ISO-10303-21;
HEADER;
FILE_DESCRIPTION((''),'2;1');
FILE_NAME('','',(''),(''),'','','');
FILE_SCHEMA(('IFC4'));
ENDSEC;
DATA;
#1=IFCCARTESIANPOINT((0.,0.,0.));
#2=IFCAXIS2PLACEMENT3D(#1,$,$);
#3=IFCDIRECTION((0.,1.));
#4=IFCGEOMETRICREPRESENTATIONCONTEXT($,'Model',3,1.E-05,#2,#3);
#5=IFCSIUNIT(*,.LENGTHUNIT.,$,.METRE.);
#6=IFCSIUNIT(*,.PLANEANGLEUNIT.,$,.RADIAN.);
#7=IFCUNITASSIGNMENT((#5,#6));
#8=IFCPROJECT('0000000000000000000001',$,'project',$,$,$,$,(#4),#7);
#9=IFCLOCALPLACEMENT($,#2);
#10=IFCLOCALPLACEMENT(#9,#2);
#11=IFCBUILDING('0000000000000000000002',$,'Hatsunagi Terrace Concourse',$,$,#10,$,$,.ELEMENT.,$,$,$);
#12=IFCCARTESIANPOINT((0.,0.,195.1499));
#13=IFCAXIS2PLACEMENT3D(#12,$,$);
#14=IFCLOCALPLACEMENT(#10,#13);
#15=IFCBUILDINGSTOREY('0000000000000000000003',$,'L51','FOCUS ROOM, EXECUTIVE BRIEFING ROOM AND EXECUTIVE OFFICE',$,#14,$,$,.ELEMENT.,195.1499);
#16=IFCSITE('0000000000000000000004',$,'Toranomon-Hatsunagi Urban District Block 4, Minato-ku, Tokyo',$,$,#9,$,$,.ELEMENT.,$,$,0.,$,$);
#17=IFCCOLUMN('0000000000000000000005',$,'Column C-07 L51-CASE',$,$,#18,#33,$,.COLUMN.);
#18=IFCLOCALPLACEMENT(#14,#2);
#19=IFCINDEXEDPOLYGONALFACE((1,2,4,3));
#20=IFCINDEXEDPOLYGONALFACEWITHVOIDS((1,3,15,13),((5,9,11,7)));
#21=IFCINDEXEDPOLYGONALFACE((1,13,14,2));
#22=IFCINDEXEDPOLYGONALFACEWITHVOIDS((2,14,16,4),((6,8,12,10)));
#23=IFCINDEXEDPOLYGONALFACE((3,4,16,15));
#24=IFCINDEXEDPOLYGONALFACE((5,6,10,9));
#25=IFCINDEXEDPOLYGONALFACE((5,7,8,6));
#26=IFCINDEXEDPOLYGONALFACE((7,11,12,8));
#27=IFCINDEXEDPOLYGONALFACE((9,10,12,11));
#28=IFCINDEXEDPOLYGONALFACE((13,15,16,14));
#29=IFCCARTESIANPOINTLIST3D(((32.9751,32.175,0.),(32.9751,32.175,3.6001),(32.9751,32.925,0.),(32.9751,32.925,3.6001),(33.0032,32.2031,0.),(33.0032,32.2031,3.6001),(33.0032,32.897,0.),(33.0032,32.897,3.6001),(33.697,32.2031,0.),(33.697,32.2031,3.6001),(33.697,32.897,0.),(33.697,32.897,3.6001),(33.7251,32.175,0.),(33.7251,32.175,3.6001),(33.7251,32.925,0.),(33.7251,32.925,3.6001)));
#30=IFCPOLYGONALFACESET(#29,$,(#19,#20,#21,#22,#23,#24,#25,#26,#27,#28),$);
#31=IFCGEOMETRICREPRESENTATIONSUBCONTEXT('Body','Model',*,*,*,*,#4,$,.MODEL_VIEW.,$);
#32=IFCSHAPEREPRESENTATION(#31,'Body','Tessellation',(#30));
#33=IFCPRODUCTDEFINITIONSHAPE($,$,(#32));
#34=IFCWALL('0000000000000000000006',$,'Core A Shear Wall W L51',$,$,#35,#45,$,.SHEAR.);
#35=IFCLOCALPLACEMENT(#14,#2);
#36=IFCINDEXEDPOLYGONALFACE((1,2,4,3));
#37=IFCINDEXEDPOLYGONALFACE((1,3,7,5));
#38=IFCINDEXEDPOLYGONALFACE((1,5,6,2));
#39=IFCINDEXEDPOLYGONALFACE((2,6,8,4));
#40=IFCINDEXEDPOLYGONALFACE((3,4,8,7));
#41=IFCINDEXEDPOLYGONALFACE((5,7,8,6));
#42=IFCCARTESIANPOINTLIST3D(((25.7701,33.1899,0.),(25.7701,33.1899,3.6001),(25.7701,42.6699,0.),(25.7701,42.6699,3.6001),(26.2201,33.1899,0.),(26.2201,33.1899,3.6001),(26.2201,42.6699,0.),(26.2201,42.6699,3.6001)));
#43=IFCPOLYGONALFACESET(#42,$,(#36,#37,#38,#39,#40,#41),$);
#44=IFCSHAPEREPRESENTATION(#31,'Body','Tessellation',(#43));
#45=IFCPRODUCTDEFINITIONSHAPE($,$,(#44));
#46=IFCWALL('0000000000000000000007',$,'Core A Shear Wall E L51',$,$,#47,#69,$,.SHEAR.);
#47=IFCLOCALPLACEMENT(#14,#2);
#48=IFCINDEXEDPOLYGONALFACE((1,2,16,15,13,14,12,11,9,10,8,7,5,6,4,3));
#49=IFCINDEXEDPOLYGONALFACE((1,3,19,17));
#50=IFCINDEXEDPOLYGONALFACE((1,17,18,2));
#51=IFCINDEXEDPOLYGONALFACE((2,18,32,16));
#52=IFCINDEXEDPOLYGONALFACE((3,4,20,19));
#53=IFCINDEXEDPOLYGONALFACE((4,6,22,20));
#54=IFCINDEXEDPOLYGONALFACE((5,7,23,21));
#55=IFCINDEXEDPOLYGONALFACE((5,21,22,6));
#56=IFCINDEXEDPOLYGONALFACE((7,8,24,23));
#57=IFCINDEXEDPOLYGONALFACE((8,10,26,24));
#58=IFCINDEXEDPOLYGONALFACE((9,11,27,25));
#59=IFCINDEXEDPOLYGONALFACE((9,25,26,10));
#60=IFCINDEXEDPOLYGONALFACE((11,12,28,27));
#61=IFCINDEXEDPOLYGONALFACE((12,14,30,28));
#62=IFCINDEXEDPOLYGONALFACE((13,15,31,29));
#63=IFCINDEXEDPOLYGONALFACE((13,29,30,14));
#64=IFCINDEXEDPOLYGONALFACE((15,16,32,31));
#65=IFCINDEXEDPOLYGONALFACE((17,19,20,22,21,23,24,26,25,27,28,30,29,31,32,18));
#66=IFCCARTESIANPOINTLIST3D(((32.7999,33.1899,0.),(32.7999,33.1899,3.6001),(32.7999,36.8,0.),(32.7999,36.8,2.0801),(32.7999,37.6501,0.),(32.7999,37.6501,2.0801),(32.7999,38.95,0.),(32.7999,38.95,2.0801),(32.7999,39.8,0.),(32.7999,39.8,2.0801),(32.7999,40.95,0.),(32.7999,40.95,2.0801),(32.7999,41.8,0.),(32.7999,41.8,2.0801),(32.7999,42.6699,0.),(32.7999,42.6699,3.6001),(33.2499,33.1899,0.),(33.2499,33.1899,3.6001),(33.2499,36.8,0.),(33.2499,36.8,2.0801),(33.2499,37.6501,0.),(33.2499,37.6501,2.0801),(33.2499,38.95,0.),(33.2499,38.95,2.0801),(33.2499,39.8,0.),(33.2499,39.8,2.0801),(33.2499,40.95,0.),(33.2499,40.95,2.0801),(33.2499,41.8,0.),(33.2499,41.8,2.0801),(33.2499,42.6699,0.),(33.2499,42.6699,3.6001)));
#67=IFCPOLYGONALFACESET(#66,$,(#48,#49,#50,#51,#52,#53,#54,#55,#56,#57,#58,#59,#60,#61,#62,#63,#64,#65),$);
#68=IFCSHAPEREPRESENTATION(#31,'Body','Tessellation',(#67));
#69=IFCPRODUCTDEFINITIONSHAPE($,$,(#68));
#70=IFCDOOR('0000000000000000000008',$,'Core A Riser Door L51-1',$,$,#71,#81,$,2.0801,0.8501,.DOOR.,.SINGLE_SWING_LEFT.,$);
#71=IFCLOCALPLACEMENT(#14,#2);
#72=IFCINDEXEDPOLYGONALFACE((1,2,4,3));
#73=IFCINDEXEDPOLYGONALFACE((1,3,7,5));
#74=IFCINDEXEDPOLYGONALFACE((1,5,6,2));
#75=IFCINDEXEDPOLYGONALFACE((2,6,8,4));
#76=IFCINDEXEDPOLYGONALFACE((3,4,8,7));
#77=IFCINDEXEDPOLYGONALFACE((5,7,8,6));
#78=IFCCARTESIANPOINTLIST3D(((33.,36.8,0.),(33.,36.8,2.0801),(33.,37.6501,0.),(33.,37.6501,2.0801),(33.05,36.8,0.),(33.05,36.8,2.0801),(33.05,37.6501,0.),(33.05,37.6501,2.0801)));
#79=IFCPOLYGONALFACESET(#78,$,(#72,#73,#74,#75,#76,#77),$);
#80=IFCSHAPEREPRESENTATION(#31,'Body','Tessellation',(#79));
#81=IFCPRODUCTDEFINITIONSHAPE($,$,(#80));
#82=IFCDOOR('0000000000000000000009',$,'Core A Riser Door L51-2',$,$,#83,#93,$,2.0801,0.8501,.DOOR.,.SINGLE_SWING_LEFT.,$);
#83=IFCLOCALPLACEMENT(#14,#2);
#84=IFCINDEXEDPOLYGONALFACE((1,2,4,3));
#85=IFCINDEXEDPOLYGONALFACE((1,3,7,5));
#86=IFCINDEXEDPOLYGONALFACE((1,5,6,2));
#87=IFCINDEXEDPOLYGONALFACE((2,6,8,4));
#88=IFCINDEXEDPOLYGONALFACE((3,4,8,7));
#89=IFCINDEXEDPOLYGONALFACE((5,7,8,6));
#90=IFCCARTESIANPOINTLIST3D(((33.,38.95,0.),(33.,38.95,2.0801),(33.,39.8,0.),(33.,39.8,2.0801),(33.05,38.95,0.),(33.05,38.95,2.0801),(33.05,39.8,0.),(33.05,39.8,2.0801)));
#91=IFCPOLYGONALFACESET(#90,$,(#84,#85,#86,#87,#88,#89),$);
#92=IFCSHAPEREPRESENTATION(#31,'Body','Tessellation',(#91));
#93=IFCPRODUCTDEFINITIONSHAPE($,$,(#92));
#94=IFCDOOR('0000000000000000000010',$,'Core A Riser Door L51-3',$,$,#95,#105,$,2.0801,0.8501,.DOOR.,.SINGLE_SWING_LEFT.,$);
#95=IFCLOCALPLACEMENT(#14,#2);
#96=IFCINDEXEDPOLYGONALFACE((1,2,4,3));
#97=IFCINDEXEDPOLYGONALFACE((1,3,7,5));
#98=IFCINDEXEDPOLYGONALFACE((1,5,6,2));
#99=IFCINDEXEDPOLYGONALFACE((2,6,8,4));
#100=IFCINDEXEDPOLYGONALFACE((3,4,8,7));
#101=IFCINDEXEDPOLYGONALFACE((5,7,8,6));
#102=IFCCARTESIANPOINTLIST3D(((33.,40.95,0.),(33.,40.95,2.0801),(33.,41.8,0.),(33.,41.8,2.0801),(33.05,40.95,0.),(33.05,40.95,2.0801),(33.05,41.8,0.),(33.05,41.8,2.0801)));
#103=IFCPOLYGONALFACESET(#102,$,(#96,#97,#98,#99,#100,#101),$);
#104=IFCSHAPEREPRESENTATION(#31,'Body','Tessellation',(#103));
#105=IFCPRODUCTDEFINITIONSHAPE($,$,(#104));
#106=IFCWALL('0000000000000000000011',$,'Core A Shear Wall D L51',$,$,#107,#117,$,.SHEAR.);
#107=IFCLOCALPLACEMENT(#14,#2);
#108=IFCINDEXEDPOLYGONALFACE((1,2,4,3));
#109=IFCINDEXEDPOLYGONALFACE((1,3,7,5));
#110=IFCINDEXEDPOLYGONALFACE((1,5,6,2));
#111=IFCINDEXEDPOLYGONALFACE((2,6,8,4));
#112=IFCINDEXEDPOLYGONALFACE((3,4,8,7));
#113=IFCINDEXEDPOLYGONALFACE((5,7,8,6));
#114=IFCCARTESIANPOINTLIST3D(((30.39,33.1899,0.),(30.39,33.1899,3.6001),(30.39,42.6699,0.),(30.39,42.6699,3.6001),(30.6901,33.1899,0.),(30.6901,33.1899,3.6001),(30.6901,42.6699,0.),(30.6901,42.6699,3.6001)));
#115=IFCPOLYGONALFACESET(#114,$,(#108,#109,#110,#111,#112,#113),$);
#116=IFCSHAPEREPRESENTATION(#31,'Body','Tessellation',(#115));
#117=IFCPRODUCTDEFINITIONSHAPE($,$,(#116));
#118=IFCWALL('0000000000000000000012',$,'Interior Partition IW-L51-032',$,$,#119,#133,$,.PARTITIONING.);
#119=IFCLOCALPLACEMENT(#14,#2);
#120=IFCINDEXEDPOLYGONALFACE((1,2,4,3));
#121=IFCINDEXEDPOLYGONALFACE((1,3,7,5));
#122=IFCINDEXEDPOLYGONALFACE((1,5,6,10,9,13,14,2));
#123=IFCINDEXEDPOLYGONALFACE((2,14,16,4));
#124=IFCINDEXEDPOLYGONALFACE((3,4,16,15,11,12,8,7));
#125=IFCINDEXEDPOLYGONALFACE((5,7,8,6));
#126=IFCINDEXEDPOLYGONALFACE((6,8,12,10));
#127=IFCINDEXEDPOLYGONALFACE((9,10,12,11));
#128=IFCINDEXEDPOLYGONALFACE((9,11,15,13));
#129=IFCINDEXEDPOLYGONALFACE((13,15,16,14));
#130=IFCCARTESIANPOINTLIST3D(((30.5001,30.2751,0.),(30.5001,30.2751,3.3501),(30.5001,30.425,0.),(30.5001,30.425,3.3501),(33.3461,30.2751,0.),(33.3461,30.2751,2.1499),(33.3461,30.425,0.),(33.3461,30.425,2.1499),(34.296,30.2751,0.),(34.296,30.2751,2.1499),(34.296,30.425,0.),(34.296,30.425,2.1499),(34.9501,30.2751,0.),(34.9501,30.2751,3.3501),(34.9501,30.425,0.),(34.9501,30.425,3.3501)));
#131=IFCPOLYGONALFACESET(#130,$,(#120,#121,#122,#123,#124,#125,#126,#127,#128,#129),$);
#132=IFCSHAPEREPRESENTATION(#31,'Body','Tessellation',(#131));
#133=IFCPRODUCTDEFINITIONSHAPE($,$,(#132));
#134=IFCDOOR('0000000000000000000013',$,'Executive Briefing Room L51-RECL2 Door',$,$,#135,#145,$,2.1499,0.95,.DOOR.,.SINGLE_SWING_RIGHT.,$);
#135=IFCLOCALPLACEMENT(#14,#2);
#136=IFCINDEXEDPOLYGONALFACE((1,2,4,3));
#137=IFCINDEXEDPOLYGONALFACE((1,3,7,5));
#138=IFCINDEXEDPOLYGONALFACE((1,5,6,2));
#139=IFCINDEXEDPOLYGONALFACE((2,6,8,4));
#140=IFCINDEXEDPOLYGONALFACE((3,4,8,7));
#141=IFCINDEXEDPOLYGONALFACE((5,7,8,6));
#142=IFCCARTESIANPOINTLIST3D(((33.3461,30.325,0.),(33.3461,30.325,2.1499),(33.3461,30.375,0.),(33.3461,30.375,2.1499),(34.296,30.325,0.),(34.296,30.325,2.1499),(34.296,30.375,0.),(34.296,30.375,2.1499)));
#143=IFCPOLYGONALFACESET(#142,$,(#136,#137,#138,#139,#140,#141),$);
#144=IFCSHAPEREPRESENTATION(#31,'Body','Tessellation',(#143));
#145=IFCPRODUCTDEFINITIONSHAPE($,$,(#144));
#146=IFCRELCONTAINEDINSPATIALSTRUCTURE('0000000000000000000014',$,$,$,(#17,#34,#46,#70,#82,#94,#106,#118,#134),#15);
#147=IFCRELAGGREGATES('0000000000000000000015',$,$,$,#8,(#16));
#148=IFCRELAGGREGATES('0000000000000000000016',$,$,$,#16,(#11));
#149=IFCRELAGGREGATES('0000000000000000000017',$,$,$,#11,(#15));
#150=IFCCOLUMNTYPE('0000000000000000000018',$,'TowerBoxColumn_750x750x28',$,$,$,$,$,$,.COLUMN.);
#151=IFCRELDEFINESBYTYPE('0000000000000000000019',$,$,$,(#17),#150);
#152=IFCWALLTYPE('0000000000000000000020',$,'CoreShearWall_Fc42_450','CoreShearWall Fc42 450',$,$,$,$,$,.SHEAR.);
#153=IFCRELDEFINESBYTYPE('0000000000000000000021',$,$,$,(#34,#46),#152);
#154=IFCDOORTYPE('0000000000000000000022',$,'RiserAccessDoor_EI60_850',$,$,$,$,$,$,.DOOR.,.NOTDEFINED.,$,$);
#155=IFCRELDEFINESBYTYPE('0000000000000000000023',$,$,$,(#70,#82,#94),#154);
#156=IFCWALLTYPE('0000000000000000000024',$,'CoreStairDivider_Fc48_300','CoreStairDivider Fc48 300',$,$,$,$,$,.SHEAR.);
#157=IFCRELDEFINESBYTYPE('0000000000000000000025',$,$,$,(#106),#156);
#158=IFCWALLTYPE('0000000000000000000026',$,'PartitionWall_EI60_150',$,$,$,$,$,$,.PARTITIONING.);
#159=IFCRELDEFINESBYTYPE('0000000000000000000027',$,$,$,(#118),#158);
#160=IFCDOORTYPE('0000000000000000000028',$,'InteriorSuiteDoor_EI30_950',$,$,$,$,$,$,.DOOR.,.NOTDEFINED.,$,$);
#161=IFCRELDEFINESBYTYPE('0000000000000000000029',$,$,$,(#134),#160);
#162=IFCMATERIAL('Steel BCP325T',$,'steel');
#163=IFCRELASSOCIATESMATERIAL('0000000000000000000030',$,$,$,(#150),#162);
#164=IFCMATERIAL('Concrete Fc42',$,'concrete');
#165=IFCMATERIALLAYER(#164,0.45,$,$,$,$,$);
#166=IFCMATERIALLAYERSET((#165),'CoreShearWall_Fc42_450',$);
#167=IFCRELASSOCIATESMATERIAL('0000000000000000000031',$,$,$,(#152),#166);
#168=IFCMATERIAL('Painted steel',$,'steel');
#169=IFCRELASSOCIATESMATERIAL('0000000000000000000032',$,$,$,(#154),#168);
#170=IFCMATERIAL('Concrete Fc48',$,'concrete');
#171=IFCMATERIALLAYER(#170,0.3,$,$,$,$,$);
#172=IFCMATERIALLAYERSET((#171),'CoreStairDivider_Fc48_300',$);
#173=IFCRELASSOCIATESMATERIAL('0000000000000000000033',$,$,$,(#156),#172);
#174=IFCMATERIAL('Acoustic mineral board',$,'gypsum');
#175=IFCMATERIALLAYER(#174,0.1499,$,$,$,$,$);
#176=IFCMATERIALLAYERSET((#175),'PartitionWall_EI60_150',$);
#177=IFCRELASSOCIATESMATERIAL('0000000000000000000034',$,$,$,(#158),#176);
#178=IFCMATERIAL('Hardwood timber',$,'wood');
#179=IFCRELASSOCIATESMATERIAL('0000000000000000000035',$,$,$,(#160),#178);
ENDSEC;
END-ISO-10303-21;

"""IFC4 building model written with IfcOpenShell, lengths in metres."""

from ifc_helpers import new_model, si_unit, direction, frame, frame_2d, origin, origin_2d, place, context, subcontext, project, spatial, rectangle, hollow_rectangle, extrude, material, layer, layer_set, material_profile, profile_set, type_object, element, fill, save


model = new_model("IFC4")

# Units and contexts
model_context = context("Model", 3, precision=1e-05, world=origin(), true_north=direction((0.0, 1.0)))
body_context = subcontext(model_context, "Body", "Model", "MODEL_VIEW")
ifc_project = project(units=[si_unit("LENGTHUNIT", "METRE"), si_unit("PLANEANGLEUNIT", "RADIAN")], contexts=[model_context])

# Site, building, storey
site_placement = place(None, origin())
site = spatial("IfcSite", under=ifc_project, at=site_placement, Name="Toranomon-Hatsunagi Urban District Block 4, Minato-ku, Tokyo", CompositionType="ELEMENT", RefElevation=0.0)
building_placement = place(site_placement, origin())
building = spatial("IfcBuilding", under=site, at=building_placement, Name="Hatsunagi Terrace Concourse", CompositionType="ELEMENT")
storey_placement = place(building_placement, frame((0.0, 0.0, 195.1499)))
storey = spatial("IfcBuildingStorey", under=building, at=storey_placement, Name="L51", Description="FOCUS ROOM, EXECUTIVE BRIEFING ROOM AND EXECUTIVE OFFICE", CompositionType="ELEMENT", Elevation=195.1499)

# Column
ifc_material_1 = material(Name="Steel BCP325T", Category="steel")
ifc_material_profile = material_profile(ifc_material_1, hollow_rectangle(XDim=0.75, YDim=0.75, WallThickness=0.0281, at=origin_2d()), Name="BCP-750x750x28")
ifc_profile_set = profile_set([ifc_material_profile], Name="Steel BCP325T")
column_type = type_object("IfcColumnType", Name="TowerBoxColumn_750x750x28", PredefinedType="COLUMN", material=ifc_profile_set)
column_placement = place(storey_placement, frame((33.3501, 32.55, 0.0), z_axis=(0.0, 0.0, 1.0), x_axis=(1.0, 0.0, 0.0)))
element("IfcColumn", 1, at=column_placement, inside=storey, type_object=column_type, Name="Column C-07 L51-CASE", PredefinedType="COLUMN", context=body_context, shape_type="SweptSolid", body=[
    extrude(hollow_rectangle(XDim=0.75, YDim=0.75, WallThickness=0.0281, at=origin_2d()), origin(), (0.0, 0.0, 1.0), 3.6001),
])

# Wall
ifc_material_2 = material(Name="Concrete Fc42", Category="concrete")
ifc_layer_1 = layer(ifc_material_2, 0.45)
ifc_layer_set_1 = layer_set([ifc_layer_1], Name="CoreShearWall_Fc42_450")
wall_type_1 = type_object("IfcWallType", Name="CoreShearWall_Fc42_450", Description="CoreShearWall Fc42 450", PredefinedType="SHEAR", material=ifc_layer_set_1)
wall_1_placement = place(storey_placement, frame((25.9951, 33.1899, 0.0), z_axis=(0.0, 0.0, 1.0), x_axis=(0.0, 1.0, 0.0)))
element("IfcWall", 2, at=wall_1_placement, inside=storey, type_object=wall_type_1, Name="Core A Shear Wall W L51", PredefinedType="SHEAR", context=body_context, shape_type="SweptSolid", body=[
    extrude(rectangle(XDim=9.48, YDim=0.45, at=frame_2d((4.74, 0.0))), origin(), (0.0, 0.0, 1.0), 3.6001),
])

# Wall, openings, doors
wall_2_placement = place(storey_placement, frame((33.0249, 33.1899, 0.0), z_axis=(0.0, 0.0, 1.0), x_axis=(0.0, 1.0, 0.0)))
wall_2 = element("IfcWall", 3, at=wall_2_placement, inside=storey, type_object=wall_type_1, Name="Core A Shear Wall E L51", PredefinedType="SHEAR", context=body_context, shape_type="SweptSolid", body=[
    extrude(rectangle(XDim=9.48, YDim=0.45, at=frame_2d((4.74, 0.0))), origin(), (0.0, 0.0, 1.0), 3.6001),
])
opening_1_placement = place(wall_2_placement, frame((3.6101, 0.0, 0.0)))
opening_1 = element("IfcOpeningElement", 4, at=opening_1_placement, cuts=wall_2, PredefinedType="OPENING", context=body_context, shape_type="SweptSolid", body=[
    extrude(rectangle(XDim=0.8501, YDim=2.0801, at=frame_2d((0.425, 1.04))), frame((0.0, 0.2349, 0.0), z_axis=(0.0, -1.0, 0.0), x_axis=(1.0, 0.0, 0.0)), (0.0, 0.0, 1.0), 0.47),
])
opening_2_placement = place(wall_2_placement, frame((5.76, 0.0, 0.0)))
opening_2 = element("IfcOpeningElement", 5, at=opening_2_placement, cuts=wall_2, PredefinedType="OPENING", context=body_context, shape_type="SweptSolid", body=[
    extrude(rectangle(XDim=0.8501, YDim=2.0801, at=frame_2d((0.425, 1.04))), frame((0.0, 0.2349, 0.0), z_axis=(0.0, -1.0, 0.0), x_axis=(1.0, 0.0, 0.0)), (0.0, 0.0, 1.0), 0.47),
])
opening_3_placement = place(wall_2_placement, frame((7.76, 0.0, 0.0)))
opening_3 = element("IfcOpeningElement", 6, at=opening_3_placement, cuts=wall_2, PredefinedType="OPENING", context=body_context, shape_type="SweptSolid", body=[
    extrude(rectangle(XDim=0.8501, YDim=2.0801, at=frame_2d((0.425, 1.04))), frame((0.0, 0.2349, 0.0), z_axis=(0.0, -1.0, 0.0), x_axis=(1.0, 0.0, 0.0)), (0.0, 0.0, 1.0), 0.47),
])
ifc_material_3 = material(Name="Painted steel", Category="steel")
door_type_1 = type_object("IfcDoorType", Name="RiserAccessDoor_EI60_850", OperationType="NOTDEFINED", PredefinedType="DOOR", material=ifc_material_3)
door_1_placement = place(opening_1_placement, origin())
door_1 = element("IfcDoor", 7, at=door_1_placement, inside=storey, type_object=door_type_1, Name="Core A Riser Door L51-1", OperationType="SINGLE_SWING_LEFT", OverallHeight=2.0801, OverallWidth=0.8501, PredefinedType="DOOR", context=body_context, shape_type="SweptSolid", body=[
    extrude(rectangle(XDim=0.8501, YDim=2.0801, at=frame_2d((0.425, 1.04))), frame((0.0, 0.0249, 0.0), z_axis=(0.0, -1.0, 0.0), x_axis=(1.0, 0.0, 0.0)), (0.0, 0.0, 1.0), 0.05),
])
fill(opening_1, door_1)
door_2_placement = place(opening_2_placement, origin())
door_2 = element("IfcDoor", 8, at=door_2_placement, inside=storey, type_object=door_type_1, Name="Core A Riser Door L51-2", OperationType="SINGLE_SWING_LEFT", OverallHeight=2.0801, OverallWidth=0.8501, PredefinedType="DOOR", context=body_context, shape_type="SweptSolid", body=[
    extrude(rectangle(XDim=0.8501, YDim=2.0801, at=frame_2d((0.425, 1.04))), frame((0.0, 0.0249, 0.0), z_axis=(0.0, -1.0, 0.0), x_axis=(1.0, 0.0, 0.0)), (0.0, 0.0, 1.0), 0.05),
])
fill(opening_2, door_2)
door_3_placement = place(opening_3_placement, origin())
door_3 = element("IfcDoor", 9, at=door_3_placement, inside=storey, type_object=door_type_1, Name="Core A Riser Door L51-3", OperationType="SINGLE_SWING_LEFT", OverallHeight=2.0801, OverallWidth=0.8501, PredefinedType="DOOR", context=body_context, shape_type="SweptSolid", body=[
    extrude(rectangle(XDim=0.8501, YDim=2.0801, at=frame_2d((0.425, 1.04))), frame((0.0, 0.0249, 0.0), z_axis=(0.0, -1.0, 0.0), x_axis=(1.0, 0.0, 0.0)), (0.0, 0.0, 1.0), 0.05),
])
fill(opening_3, door_3)

# Wall
ifc_material_4 = material(Name="Concrete Fc48", Category="concrete")
ifc_layer_2 = layer(ifc_material_4, 0.3)
ifc_layer_set_2 = layer_set([ifc_layer_2], Name="CoreStairDivider_Fc48_300")
wall_type_2 = type_object("IfcWallType", Name="CoreStairDivider_Fc48_300", Description="CoreStairDivider Fc48 300", PredefinedType="SHEAR", material=ifc_layer_set_2)
wall_3_placement = place(storey_placement, frame((30.54, 33.1899, 0.0), z_axis=(0.0, 0.0, 1.0), x_axis=(0.0, 1.0, 0.0)))
element("IfcWall", 10, at=wall_3_placement, inside=storey, type_object=wall_type_2, Name="Core A Shear Wall D L51", PredefinedType="SHEAR", context=body_context, shape_type="SweptSolid", body=[
    extrude(rectangle(XDim=9.48, YDim=0.3, at=frame_2d((4.74, 0.0))), origin(), (0.0, 0.0, 1.0), 3.6001),
])

# Wall, opening, door
ifc_material_5 = material(Name="Acoustic mineral board", Category="gypsum")
ifc_layer_3 = layer(ifc_material_5, 0.1499)
ifc_layer_set_3 = layer_set([ifc_layer_3], Name="PartitionWall_EI60_150")
wall_type_3 = type_object("IfcWallType", Name="PartitionWall_EI60_150", PredefinedType="PARTITIONING", material=ifc_layer_set_3)
wall_4_placement = place(storey_placement, frame((30.5, 30.3501, 0.0), z_axis=(0.0, 0.0, 1.0), x_axis=(1.0, 0.0, 0.0)))
wall_4 = element("IfcWall", 11, at=wall_4_placement, inside=storey, type_object=wall_type_3, Name="Interior Partition IW-L51-032", PredefinedType="PARTITIONING", context=body_context, shape_type="SweptSolid", body=[
    extrude(rectangle(XDim=4.45, YDim=0.1499, at=frame_2d((2.2251, 0.0))), origin(), (0.0, 0.0, 1.0), 3.3501),
])
opening_4_placement = place(wall_4_placement, frame((2.8459, 0.0, 0.0)))
opening_4 = element("IfcOpeningElement", 12, at=opening_4_placement, cuts=wall_4, PredefinedType="OPENING", context=body_context, shape_type="SweptSolid", body=[
    extrude(rectangle(XDim=0.95, YDim=2.1499, at=frame_2d((0.4751, 1.075))), frame((0.0, 0.085, 0.0), z_axis=(0.0, -1.0, 0.0), x_axis=(1.0, 0.0, 0.0)), (0.0, 0.0, 1.0), 0.1699),
])
ifc_material_6 = material(Name="Hardwood timber", Category="wood")
door_type_2 = type_object("IfcDoorType", Name="InteriorSuiteDoor_EI30_950", OperationType="NOTDEFINED", PredefinedType="DOOR", material=ifc_material_6)
door_4_placement = place(opening_4_placement, origin())
door_4 = element("IfcDoor", 13, at=door_4_placement, inside=storey, type_object=door_type_2, Name="Executive Briefing Room L51-RECL2 Door", OperationType="SINGLE_SWING_RIGHT", OverallHeight=2.1499, OverallWidth=0.95, PredefinedType="DOOR", context=body_context, shape_type="SweptSolid", body=[
    extrude(rectangle(XDim=0.95, YDim=2.1499, at=frame_2d((0.4751, 1.075))), frame((0.0, 0.0249, 0.0), z_axis=(0.0, -1.0, 0.0), x_axis=(1.0, 0.0, 0.0)), (0.0, 0.0, 1.0), 0.05),
])
fill(opening_4, door_4)

save(model, "model.ifc")
